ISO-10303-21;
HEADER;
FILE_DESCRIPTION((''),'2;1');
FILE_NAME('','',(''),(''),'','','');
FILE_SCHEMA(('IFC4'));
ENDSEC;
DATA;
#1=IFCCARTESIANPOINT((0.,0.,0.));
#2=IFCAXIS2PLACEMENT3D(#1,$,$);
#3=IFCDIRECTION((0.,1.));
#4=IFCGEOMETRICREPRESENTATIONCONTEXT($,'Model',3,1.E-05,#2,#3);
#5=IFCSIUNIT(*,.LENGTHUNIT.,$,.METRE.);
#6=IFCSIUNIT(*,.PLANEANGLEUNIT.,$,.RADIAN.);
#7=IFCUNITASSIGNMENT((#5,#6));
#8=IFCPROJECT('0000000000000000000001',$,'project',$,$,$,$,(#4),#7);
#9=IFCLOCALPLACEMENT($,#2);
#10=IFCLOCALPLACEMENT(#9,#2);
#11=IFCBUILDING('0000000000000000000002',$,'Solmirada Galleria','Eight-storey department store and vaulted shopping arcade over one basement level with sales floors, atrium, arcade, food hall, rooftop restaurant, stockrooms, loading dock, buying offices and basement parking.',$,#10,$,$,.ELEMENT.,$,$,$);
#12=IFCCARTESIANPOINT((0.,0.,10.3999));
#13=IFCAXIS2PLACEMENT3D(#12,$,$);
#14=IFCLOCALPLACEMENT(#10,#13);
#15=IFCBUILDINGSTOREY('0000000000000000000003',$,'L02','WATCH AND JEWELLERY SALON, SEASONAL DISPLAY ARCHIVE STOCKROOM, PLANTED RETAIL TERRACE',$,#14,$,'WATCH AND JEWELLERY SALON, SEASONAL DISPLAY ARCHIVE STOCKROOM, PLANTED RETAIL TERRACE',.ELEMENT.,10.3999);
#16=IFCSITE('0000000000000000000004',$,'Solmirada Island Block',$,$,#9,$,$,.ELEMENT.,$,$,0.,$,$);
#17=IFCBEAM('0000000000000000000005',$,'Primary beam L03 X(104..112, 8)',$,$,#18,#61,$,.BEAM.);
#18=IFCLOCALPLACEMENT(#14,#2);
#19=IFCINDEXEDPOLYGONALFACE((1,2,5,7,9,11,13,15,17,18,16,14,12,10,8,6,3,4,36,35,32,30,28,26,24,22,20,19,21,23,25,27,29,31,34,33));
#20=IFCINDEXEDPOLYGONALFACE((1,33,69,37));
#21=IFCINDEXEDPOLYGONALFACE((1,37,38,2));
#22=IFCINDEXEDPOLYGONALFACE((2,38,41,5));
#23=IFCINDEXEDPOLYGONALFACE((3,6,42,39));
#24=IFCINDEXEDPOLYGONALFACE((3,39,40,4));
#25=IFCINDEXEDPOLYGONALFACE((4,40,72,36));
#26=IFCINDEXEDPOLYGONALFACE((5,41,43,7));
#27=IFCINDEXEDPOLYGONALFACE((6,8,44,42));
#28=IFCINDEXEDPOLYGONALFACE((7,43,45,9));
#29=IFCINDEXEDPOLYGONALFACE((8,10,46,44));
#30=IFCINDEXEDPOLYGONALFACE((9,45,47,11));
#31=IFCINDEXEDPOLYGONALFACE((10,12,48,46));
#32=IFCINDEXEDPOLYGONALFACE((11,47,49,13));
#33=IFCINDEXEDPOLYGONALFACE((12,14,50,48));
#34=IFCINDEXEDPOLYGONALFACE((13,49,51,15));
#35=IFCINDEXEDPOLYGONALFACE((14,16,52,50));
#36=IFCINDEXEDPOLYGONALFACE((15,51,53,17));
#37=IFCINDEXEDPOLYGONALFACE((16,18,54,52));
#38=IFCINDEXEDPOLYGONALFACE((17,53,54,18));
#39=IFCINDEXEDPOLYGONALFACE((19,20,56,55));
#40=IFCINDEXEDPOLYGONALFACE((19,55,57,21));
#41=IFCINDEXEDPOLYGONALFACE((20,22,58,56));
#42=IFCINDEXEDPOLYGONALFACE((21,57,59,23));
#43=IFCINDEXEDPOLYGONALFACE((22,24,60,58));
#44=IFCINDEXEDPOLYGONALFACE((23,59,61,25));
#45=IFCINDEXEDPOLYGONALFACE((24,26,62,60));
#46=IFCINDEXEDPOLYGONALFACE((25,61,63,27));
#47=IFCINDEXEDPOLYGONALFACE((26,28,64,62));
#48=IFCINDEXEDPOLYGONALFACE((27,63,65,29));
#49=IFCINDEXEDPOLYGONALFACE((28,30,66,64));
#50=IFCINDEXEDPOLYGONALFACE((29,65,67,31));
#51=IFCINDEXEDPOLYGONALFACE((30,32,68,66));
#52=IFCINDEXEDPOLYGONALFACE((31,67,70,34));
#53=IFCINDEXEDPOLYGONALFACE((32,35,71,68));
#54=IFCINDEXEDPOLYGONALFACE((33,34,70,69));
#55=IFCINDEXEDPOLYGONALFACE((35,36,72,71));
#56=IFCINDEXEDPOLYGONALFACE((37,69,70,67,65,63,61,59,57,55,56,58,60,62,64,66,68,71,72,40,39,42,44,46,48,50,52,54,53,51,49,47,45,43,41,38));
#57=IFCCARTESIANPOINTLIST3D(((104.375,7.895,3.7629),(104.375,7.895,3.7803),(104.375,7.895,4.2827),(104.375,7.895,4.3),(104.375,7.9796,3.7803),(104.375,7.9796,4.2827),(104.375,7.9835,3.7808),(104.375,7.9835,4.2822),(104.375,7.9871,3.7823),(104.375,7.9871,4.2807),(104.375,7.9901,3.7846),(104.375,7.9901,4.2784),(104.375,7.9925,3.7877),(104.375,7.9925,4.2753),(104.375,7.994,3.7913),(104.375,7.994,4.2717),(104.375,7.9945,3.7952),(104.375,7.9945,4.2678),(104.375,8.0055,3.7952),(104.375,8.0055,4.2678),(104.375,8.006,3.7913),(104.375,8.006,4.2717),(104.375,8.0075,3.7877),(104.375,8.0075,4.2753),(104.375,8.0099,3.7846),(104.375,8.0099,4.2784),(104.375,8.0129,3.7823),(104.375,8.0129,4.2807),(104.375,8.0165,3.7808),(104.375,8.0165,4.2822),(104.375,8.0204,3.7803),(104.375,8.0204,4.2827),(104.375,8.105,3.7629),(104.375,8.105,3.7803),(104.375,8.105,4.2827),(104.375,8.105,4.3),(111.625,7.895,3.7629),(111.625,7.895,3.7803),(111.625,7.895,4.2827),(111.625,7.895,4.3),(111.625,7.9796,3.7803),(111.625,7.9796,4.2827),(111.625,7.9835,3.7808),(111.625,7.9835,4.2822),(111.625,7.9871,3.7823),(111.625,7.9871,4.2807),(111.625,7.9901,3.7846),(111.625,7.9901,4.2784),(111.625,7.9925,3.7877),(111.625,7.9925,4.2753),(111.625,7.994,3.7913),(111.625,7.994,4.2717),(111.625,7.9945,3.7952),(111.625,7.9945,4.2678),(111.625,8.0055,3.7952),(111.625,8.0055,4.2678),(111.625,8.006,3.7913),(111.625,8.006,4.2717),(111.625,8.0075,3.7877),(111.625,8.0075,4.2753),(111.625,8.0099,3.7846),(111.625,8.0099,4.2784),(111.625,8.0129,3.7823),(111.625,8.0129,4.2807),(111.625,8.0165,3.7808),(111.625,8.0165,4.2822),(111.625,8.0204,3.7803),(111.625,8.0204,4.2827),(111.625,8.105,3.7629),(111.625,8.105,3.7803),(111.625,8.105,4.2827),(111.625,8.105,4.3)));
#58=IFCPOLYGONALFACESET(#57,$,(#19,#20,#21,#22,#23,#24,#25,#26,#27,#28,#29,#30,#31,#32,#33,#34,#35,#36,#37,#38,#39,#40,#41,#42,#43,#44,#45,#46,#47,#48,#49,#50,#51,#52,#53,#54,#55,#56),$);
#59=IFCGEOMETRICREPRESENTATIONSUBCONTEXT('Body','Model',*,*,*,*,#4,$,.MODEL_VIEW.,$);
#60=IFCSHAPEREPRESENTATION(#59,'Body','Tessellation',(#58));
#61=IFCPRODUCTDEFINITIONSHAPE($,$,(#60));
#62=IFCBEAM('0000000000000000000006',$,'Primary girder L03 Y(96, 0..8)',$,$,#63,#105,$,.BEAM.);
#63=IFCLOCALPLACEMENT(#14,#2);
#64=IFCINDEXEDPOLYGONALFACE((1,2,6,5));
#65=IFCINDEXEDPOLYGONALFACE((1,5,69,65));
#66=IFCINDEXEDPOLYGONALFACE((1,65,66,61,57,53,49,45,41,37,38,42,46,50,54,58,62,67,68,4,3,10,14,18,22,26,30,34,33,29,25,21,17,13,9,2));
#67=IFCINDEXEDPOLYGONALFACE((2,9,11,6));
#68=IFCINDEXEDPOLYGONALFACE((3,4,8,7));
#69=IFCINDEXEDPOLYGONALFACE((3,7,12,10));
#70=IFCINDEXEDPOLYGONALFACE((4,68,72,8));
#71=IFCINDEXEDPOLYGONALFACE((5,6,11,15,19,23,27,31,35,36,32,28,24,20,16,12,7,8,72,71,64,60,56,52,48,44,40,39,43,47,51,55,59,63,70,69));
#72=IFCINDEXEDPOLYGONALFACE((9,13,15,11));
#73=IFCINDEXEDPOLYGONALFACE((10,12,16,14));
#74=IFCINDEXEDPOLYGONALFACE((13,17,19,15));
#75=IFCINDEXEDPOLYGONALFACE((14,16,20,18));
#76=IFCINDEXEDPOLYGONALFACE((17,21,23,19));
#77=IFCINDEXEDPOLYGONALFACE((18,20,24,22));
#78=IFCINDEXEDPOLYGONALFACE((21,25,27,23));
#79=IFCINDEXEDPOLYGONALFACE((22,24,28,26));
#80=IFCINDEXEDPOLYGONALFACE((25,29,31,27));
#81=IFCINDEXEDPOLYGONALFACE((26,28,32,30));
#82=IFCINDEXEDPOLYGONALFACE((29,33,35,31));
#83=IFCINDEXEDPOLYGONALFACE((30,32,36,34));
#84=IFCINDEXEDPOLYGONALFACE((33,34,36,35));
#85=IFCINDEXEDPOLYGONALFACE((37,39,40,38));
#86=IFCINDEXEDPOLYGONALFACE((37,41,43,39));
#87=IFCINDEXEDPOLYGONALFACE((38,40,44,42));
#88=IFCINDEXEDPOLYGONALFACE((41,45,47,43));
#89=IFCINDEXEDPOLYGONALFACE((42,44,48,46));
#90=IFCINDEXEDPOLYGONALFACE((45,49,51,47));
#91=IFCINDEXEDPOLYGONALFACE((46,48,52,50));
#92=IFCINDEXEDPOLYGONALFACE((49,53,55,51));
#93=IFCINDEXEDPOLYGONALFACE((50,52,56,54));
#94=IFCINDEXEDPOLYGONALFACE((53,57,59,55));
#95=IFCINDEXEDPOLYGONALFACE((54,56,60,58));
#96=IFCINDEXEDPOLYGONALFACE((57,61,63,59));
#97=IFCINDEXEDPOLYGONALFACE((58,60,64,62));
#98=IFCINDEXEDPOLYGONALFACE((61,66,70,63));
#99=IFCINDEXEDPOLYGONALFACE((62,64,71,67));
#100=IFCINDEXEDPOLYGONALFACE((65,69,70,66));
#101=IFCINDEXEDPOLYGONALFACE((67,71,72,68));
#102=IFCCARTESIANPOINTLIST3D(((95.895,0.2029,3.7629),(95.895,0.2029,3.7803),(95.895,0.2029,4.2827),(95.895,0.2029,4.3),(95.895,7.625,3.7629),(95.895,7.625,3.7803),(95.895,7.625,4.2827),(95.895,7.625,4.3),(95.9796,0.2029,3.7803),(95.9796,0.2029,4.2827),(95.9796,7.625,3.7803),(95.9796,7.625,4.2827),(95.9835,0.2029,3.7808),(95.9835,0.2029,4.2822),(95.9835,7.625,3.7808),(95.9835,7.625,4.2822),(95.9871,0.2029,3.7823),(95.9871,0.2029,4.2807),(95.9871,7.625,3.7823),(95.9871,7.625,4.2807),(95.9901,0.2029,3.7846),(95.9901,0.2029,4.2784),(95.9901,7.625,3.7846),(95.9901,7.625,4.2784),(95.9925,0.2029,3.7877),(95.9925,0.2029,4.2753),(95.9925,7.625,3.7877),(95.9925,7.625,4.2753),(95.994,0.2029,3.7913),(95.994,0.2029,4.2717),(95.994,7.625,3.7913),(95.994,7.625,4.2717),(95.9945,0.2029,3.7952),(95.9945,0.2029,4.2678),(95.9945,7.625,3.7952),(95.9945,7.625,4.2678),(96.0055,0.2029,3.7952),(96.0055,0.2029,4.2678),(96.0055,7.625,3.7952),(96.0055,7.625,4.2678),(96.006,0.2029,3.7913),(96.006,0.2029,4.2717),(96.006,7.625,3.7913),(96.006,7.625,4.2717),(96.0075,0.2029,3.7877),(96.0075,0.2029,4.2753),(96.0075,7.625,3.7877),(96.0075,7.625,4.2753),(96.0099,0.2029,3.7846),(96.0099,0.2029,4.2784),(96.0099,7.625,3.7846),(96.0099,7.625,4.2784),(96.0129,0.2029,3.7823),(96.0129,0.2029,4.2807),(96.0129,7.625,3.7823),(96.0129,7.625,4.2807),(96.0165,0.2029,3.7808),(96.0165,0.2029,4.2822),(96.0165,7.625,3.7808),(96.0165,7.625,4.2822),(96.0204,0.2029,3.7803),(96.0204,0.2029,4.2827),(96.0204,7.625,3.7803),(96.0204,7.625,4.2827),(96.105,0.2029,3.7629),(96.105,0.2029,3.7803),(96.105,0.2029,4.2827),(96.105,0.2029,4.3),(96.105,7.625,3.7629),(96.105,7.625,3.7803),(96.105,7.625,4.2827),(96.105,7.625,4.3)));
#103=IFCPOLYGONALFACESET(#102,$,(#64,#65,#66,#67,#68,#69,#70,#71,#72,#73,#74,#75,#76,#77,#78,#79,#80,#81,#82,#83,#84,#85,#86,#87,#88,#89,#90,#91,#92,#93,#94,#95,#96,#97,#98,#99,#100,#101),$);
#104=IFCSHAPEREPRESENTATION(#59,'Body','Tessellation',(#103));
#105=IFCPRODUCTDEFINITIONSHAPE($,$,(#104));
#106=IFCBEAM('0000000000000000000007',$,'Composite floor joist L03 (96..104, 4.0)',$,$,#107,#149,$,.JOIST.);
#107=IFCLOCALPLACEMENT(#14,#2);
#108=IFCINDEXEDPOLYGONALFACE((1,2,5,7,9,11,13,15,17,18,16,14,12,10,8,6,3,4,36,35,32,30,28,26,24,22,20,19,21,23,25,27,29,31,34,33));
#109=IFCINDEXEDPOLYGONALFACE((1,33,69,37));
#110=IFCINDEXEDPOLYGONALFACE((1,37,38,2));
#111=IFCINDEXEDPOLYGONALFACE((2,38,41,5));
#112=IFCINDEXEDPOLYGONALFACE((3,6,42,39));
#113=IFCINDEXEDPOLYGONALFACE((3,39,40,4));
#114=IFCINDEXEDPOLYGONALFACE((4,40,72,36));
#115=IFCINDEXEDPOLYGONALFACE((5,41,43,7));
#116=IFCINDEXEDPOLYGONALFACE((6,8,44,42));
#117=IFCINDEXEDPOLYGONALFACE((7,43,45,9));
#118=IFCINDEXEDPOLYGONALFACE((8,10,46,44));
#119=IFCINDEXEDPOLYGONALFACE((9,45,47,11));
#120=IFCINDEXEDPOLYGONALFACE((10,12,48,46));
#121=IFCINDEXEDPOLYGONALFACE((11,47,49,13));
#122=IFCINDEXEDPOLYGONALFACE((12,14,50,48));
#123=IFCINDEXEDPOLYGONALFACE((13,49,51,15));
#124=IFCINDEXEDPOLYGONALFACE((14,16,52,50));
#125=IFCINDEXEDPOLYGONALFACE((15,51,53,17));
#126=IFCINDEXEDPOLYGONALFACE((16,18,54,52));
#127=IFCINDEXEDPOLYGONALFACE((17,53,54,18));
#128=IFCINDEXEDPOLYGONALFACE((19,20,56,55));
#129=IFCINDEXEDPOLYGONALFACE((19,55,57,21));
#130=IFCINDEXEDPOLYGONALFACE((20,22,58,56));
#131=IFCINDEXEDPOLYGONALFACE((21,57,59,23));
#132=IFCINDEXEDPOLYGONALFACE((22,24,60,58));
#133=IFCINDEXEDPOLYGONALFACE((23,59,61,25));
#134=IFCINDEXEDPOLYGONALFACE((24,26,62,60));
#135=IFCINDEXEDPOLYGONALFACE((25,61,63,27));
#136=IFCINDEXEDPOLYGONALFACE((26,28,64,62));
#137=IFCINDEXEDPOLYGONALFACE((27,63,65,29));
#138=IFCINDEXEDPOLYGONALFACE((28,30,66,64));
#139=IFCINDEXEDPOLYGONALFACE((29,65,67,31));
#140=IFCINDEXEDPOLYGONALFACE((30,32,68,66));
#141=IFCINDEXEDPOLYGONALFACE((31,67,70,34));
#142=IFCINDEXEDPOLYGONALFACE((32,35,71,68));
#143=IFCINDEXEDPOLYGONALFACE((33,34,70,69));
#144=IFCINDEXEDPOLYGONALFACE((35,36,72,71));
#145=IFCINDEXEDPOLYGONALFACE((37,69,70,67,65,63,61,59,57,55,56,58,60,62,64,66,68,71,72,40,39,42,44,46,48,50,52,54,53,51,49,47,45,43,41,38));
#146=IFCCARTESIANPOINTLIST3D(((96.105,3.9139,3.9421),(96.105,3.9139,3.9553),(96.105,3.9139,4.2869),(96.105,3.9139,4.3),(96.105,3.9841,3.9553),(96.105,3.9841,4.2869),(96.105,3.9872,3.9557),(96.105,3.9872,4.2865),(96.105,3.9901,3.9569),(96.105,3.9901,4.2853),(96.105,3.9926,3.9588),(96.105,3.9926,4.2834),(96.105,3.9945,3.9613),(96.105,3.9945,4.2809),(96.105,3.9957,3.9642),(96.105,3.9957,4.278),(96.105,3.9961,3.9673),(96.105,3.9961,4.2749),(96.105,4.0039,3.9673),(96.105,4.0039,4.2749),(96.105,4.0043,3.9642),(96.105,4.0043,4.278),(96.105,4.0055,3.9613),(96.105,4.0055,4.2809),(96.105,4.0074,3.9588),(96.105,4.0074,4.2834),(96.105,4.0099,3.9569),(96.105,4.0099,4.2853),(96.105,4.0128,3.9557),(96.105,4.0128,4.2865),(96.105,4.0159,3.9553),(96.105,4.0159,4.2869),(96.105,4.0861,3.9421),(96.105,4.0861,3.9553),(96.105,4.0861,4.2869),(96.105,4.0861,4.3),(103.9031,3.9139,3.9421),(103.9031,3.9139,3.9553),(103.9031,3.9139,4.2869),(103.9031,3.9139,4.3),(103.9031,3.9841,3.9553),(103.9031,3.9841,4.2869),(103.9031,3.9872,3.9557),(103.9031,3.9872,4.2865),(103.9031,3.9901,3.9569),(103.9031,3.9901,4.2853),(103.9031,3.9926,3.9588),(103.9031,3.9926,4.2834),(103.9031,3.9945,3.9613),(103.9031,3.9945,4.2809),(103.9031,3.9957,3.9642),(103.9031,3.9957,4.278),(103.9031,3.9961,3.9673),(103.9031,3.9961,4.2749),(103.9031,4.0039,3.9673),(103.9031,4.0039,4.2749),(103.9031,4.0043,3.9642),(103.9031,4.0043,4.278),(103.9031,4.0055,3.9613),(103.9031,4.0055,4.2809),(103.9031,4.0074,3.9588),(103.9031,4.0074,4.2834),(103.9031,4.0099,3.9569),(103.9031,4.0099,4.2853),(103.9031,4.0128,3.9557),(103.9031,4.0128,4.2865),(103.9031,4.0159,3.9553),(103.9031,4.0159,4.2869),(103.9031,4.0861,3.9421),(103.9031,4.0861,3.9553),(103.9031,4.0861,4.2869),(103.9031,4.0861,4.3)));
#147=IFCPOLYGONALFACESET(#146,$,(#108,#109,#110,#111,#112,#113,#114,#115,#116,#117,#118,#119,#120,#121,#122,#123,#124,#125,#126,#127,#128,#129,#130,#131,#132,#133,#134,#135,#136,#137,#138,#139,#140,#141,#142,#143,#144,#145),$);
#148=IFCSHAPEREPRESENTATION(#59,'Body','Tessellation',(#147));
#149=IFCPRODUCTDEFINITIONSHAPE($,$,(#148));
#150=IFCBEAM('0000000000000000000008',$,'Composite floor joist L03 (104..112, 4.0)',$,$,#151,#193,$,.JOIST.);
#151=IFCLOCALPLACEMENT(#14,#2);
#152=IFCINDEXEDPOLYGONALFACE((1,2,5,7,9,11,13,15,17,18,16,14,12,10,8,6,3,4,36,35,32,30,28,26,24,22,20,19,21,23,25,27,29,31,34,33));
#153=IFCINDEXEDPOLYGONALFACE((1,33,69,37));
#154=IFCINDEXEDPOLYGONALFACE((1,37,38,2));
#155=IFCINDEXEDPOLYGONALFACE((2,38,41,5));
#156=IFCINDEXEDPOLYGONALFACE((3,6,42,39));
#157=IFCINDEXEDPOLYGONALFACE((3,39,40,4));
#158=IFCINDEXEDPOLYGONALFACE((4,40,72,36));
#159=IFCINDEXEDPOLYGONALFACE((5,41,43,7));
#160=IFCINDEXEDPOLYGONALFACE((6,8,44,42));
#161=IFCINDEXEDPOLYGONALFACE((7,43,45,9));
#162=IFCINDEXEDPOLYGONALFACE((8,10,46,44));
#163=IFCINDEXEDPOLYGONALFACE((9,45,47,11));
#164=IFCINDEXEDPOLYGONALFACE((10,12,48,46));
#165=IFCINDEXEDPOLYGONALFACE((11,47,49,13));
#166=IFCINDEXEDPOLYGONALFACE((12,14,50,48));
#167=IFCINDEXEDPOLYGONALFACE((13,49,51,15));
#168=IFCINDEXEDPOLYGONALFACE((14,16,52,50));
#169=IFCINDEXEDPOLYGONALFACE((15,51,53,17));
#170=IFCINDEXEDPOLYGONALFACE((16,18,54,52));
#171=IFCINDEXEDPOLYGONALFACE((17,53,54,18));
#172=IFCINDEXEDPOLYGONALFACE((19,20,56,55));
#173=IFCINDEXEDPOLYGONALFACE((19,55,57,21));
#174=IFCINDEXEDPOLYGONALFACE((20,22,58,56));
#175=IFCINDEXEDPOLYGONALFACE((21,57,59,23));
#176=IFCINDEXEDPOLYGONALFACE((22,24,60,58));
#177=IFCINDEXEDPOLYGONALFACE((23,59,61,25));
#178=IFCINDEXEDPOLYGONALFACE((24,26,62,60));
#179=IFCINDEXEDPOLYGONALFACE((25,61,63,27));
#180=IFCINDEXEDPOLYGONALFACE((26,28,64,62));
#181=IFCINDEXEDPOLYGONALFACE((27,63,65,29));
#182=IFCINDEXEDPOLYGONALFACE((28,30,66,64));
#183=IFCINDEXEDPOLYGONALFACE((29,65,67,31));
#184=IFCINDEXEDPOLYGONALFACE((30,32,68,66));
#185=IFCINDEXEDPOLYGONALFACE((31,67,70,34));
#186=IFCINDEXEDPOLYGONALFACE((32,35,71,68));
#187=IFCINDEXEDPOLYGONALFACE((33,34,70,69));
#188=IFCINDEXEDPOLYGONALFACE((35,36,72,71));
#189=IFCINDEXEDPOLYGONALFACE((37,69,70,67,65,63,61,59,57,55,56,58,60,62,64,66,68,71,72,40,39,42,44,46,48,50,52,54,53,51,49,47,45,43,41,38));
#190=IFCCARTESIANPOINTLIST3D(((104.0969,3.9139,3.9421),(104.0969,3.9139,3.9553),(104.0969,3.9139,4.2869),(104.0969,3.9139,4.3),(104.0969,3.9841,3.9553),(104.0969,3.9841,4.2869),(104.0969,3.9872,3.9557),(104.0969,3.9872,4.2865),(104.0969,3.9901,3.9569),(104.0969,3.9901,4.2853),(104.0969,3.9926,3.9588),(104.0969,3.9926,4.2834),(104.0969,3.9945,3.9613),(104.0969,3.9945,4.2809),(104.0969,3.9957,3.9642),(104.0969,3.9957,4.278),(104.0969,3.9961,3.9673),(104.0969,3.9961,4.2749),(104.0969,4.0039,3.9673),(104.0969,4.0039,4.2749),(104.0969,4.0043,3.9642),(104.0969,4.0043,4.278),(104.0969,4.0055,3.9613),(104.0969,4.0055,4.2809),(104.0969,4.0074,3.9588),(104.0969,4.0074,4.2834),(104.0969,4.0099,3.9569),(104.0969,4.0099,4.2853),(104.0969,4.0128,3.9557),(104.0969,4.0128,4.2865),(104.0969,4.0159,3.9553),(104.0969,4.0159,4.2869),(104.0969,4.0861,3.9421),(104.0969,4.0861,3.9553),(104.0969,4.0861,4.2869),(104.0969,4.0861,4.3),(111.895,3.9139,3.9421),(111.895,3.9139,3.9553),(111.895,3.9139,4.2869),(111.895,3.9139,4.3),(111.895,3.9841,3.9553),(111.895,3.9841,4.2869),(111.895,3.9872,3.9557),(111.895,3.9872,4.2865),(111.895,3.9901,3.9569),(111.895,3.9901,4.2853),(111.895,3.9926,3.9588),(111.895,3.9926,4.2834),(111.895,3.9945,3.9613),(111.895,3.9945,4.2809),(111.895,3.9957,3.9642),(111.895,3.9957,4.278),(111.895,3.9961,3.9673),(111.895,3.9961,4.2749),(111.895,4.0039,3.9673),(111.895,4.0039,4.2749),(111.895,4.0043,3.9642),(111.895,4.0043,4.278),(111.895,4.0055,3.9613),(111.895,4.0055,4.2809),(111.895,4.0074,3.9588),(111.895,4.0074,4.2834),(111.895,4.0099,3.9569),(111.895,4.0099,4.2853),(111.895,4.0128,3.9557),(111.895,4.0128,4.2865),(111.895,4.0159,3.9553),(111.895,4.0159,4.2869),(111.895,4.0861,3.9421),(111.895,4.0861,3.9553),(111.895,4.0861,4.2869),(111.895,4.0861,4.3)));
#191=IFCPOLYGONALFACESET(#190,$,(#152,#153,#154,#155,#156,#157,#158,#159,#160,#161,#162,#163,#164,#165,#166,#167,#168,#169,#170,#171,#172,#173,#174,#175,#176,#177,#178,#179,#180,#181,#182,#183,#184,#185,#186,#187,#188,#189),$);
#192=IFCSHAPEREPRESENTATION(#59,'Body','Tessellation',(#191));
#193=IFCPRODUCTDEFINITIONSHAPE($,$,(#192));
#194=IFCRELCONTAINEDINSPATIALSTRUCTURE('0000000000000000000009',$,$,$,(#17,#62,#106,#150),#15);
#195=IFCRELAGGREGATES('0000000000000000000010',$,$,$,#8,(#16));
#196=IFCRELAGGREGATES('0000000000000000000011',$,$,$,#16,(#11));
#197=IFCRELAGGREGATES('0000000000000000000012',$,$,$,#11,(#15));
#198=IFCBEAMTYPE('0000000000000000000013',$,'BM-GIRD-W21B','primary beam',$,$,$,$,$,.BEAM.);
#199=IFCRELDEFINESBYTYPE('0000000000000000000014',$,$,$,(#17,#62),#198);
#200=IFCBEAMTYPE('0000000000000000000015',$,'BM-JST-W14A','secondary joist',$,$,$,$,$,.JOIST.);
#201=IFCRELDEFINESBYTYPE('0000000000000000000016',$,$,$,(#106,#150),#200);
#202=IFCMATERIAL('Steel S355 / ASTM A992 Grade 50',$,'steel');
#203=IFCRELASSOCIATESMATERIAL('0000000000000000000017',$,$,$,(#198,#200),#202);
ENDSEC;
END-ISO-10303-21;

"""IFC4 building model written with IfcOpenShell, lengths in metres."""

from ifc_helpers import new_model, si_unit, direction, frame, origin, origin_2d, place, context, subcontext, project, spatial, i_section, extrude, material, material_profile, profile_set, type_object, element, save


model = new_model("IFC4")

# Units and contexts
model_context = context("Model", 3, precision=1e-05, world=origin(), true_north=direction((0.0, 1.0)))
body_context = subcontext(model_context, "Body", "Model", "MODEL_VIEW")
ifc_project = project(units=[si_unit("LENGTHUNIT", "METRE"), si_unit("PLANEANGLEUNIT", "RADIAN")], contexts=[model_context])

# Site, building, storey
site_placement = place(None, origin())
site = spatial("IfcSite", under=ifc_project, at=site_placement, Name="Solmirada Island Block", CompositionType="ELEMENT", RefElevation=0.0)
building_placement = place(site_placement, origin())
building = spatial("IfcBuilding", under=site, at=building_placement, Name="Solmirada Galleria", Description="Eight-storey department store and vaulted shopping arcade over one basement level with sales floors, atrium, arcade, food hall, rooftop restaurant, stockrooms, loading dock, buying offices and basement parking.", CompositionType="ELEMENT")
storey_placement = place(building_placement, frame((0.0, 0.0, 10.3999)))
storey = spatial("IfcBuildingStorey", under=building, at=storey_placement, Name="L02", Description="WATCH AND JEWELLERY SALON, SEASONAL DISPLAY ARCHIVE STOCKROOM, PLANTED RETAIL TERRACE", LongName="WATCH AND JEWELLERY SALON, SEASONAL DISPLAY ARCHIVE STOCKROOM, PLANTED RETAIL TERRACE", CompositionType="ELEMENT", Elevation=10.3999)

# Beams
ifc_material_1 = material(Name="Steel S355 / ASTM A992 Grade 50", Category="steel")
ifc_material_profile_1 = material_profile(ifc_material_1, i_section(OverallWidth=0.21, OverallDepth=0.5371, WebThickness=0.011, FlangeThickness=0.0173, FilletRadius=0.0149, at=origin_2d()), Name="W21X68")
ifc_profile_set_1 = profile_set([ifc_material_profile_1], Name="Steel S355 / ASTM A992 Grade 50")
beam_type_1 = type_object("IfcBeamType", Name="BM-GIRD-W21B", Description="primary beam", PredefinedType="BEAM", material=ifc_profile_set_1)
for number, where, z_axis, x_axis, name in (
    (1, (104.375, 8.0, 4.0315), (1.0, 0.0, 0.0), (0.0, 1.0, 0.0), "Primary beam L03 X(104..112, 8)"),
):
    element("IfcBeam", number, at=place(storey_placement, frame(where, z_axis=z_axis, x_axis=x_axis)), inside=storey, type_object=beam_type_1, Name=name, PredefinedType="BEAM", context=body_context, shape_type="SweptSolid", body=[
        extrude(i_section(OverallWidth=0.21, OverallDepth=0.5371, WebThickness=0.011, FlangeThickness=0.0173, FilletRadius=0.0149, at=origin_2d()), origin(), (0.0, 0.0, 1.0), 7.25),
    ])
beam_1_placement = place(storey_placement, frame((96.0, 0.2029, 4.0315), z_axis=(0.0, 1.0, 0.0), x_axis=(-1.0, 0.0, 0.0)))
element("IfcBeam", 2, at=beam_1_placement, inside=storey, type_object=beam_type_1, Name="Primary girder L03 Y(96, 0..8)", PredefinedType="BEAM", context=body_context, shape_type="SweptSolid", body=[
    extrude(i_section(OverallWidth=0.21, OverallDepth=0.5371, WebThickness=0.011, FlangeThickness=0.0173, FilletRadius=0.0149, at=origin_2d()), origin(), (0.0, 0.0, 1.0), 7.4221),
])
ifc_material_profile_2 = material_profile(ifc_material_1, i_section(OverallWidth=0.1721, OverallDepth=0.3579, WebThickness=0.0078, FlangeThickness=0.0132, FilletRadius=0.012, at=origin_2d()), Name="W14X38")
ifc_profile_set_2 = profile_set([ifc_material_profile_2], Name="Steel S355 / ASTM A992 Grade 50")
beam_type_2 = type_object("IfcBeamType", Name="BM-JST-W14A", Description="secondary joist", PredefinedType="JOIST", material=ifc_profile_set_2)
for number, where, z_axis, x_axis, name in (
    (3, (96.105, 4.0, 4.1211), (1.0, 0.0, 0.0), (0.0, 1.0, 0.0), "Composite floor joist L03 (96..104, 4.0)"),
    (4, (104.0969, 4.0, 4.1211), (1.0, 0.0, 0.0), (0.0, 1.0, 0.0), "Composite floor joist L03 (104..112, 4.0)"),
):
    element("IfcBeam", number, at=place(storey_placement, frame(where, z_axis=z_axis, x_axis=x_axis)), inside=storey, type_object=beam_type_2, Name=name, PredefinedType="JOIST", context=body_context, shape_type="SweptSolid", body=[
        extrude(i_section(OverallWidth=0.1721, OverallDepth=0.3579, WebThickness=0.0078, FlangeThickness=0.0132, FilletRadius=0.012, at=origin_2d()), origin(), (0.0, 0.0, 1.0), 7.7981),
    ])

save(model, "model.ifc")
